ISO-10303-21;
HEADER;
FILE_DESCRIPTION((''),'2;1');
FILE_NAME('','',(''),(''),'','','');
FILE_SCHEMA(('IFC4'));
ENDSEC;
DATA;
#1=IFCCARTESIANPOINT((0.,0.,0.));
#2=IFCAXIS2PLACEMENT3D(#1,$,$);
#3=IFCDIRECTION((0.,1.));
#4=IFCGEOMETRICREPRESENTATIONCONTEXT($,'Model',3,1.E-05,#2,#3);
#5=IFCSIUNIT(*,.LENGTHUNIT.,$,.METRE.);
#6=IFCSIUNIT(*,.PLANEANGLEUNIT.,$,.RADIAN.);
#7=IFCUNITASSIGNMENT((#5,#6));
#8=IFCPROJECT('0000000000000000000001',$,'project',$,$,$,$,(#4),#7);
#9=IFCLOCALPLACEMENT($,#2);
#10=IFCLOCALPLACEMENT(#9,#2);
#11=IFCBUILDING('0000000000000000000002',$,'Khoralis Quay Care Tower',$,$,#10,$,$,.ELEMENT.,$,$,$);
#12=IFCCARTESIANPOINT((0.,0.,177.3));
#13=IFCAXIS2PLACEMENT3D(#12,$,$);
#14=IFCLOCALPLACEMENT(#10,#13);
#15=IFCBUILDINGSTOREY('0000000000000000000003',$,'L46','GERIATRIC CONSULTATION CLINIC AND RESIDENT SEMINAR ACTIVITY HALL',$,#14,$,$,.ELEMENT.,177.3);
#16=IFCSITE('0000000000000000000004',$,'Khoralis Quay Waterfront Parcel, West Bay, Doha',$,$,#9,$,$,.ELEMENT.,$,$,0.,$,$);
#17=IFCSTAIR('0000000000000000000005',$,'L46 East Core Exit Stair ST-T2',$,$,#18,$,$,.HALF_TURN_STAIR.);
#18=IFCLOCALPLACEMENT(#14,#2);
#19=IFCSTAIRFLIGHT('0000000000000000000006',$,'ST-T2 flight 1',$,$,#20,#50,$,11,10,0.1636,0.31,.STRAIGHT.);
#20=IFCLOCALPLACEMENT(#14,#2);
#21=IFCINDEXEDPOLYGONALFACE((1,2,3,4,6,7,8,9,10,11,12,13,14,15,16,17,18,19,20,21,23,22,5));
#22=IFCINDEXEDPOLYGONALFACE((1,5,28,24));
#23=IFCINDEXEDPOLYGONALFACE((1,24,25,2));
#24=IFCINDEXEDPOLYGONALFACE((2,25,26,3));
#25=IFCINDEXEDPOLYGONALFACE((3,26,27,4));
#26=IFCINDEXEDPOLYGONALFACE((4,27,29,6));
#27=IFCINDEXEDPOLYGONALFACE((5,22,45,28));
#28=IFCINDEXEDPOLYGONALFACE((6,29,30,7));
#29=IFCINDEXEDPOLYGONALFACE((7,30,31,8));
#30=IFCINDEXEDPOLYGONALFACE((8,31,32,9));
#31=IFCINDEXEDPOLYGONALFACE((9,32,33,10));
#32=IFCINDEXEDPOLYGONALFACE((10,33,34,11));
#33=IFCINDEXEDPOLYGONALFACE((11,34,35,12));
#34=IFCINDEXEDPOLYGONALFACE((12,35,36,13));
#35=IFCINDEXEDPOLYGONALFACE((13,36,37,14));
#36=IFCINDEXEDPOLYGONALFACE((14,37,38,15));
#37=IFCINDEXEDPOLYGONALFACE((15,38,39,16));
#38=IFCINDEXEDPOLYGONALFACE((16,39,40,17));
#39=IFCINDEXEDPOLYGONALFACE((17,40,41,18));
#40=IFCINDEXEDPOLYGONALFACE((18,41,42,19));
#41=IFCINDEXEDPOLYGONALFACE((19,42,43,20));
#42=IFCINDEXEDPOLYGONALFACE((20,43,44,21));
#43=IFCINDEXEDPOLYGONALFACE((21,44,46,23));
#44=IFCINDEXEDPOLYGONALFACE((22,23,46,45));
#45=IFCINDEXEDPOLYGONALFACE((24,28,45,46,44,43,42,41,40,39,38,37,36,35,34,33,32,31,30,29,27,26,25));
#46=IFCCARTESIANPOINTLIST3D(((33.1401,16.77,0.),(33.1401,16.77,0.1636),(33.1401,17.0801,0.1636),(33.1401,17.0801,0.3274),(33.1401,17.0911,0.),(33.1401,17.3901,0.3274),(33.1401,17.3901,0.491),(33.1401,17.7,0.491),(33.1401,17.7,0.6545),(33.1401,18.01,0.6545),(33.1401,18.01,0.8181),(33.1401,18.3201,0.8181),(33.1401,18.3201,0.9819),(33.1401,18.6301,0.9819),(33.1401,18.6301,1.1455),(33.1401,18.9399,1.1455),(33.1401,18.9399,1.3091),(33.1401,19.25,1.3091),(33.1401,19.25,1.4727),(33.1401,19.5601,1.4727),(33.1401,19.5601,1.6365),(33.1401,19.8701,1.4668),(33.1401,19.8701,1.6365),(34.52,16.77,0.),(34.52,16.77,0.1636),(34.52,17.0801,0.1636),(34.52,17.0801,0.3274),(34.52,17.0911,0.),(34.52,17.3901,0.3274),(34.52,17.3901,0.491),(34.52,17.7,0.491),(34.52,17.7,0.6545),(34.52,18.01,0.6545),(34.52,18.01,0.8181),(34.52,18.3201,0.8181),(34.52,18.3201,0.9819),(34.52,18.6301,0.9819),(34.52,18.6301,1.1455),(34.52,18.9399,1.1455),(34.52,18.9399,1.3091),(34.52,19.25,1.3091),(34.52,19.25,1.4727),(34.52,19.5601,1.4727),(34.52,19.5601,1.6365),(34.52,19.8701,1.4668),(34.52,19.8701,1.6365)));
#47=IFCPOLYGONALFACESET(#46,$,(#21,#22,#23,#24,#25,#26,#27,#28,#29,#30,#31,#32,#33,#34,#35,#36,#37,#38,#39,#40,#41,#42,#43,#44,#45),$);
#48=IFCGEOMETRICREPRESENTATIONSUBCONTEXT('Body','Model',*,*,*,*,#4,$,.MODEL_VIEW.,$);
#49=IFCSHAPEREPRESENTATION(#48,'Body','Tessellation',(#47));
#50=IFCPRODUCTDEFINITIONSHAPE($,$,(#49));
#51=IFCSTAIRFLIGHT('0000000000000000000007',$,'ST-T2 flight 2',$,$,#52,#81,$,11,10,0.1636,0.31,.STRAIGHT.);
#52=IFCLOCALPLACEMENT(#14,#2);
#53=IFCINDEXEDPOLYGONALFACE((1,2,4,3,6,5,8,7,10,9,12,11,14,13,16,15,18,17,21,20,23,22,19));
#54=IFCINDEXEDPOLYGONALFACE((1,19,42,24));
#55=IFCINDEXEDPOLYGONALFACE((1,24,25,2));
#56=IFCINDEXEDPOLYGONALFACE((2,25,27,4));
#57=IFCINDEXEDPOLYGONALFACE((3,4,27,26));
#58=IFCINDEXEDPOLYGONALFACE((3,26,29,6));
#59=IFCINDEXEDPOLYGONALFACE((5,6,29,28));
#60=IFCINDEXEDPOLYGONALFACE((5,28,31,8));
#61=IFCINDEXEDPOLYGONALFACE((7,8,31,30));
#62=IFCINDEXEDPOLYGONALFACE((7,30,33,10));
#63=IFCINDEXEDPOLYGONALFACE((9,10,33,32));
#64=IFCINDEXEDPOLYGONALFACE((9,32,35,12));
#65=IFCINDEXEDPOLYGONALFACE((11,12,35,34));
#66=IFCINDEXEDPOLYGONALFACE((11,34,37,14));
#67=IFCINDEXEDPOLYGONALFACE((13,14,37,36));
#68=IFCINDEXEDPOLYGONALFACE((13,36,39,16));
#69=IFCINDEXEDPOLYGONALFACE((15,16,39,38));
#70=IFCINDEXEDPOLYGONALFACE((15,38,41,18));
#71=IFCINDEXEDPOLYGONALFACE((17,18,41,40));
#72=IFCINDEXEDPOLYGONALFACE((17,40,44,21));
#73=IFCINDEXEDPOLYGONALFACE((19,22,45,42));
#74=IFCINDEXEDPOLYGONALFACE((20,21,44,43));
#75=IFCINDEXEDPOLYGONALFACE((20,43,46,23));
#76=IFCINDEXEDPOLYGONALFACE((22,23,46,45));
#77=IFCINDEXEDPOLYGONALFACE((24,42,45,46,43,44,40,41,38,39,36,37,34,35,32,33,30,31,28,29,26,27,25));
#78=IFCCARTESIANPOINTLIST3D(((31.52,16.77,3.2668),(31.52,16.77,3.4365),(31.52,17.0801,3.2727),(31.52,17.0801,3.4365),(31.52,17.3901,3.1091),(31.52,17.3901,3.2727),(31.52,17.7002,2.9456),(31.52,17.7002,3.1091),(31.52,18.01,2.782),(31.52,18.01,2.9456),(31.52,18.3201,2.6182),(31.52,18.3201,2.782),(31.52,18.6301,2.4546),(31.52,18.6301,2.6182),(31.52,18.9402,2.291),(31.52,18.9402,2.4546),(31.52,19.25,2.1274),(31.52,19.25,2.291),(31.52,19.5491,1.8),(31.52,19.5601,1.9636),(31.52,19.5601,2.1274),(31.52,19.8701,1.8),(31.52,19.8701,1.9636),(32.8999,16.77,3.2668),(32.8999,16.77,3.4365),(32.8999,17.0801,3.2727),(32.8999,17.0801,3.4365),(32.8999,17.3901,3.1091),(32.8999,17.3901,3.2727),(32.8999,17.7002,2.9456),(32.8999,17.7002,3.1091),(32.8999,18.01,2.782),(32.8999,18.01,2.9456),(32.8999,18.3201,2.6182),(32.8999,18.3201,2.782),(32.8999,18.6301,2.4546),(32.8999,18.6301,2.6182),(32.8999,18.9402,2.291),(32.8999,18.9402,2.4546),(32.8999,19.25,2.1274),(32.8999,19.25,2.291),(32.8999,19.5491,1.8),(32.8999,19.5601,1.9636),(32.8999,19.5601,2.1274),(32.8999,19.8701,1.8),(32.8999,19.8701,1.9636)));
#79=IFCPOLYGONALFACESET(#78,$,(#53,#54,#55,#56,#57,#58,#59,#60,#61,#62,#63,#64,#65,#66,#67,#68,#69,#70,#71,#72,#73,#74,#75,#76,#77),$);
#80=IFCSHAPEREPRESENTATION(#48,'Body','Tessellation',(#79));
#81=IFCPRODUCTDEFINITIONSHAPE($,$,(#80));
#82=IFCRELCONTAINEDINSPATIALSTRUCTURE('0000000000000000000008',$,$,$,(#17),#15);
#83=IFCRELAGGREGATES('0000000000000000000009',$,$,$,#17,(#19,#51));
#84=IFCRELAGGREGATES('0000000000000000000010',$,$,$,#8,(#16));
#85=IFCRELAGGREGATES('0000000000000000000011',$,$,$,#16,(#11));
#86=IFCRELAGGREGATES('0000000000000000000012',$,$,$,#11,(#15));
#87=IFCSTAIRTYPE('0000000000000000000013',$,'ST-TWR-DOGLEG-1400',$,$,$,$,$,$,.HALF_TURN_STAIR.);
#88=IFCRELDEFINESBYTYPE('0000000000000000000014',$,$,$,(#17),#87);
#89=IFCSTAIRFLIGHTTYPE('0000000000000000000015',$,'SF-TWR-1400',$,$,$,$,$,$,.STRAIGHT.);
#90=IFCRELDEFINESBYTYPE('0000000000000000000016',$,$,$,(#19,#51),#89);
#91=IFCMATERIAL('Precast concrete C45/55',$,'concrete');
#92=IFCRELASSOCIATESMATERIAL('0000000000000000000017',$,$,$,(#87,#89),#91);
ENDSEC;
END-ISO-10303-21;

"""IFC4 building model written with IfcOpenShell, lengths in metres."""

from ifc_helpers import new_model, si_unit, direction, frame, origin, place, context, subcontext, project, spatial, polyline, outline, extrude, source, transform, mapped, material, type_object, element, aggregate, save


model = new_model("IFC4")

# Units and contexts
model_context = context("Model", 3, precision=1e-05, world=origin(), true_north=direction((0.0, 1.0)))
body_context = subcontext(model_context, "Body", "Model", "MODEL_VIEW")
ifc_project = project(units=[si_unit("LENGTHUNIT", "METRE"), si_unit("PLANEANGLEUNIT", "RADIAN")], contexts=[model_context])

# Site, building, storey
site_placement = place(None, origin())
site = spatial("IfcSite", under=ifc_project, at=site_placement, Name="Khoralis Quay Waterfront Parcel, West Bay, Doha", CompositionType="ELEMENT", RefElevation=0.0)
building_placement = place(site_placement, origin())
building = spatial("IfcBuilding", under=site, at=building_placement, Name="Khoralis Quay Care Tower", CompositionType="ELEMENT")
storey_placement = place(building_placement, frame((0.0, 0.0, 177.3)))
storey = spatial("IfcBuildingStorey", under=building, at=storey_placement, Name="L46", Description="GERIATRIC CONSULTATION CLINIC AND RESIDENT SEMINAR ACTIVITY HALL", CompositionType="ELEMENT", Elevation=177.3)

# Stair, stair flights
ifc_material_1 = material(Name="Precast concrete C45/55", Category="concrete")
stair_type = type_object("IfcStairType", Name="ST-TWR-DOGLEG-1400", PredefinedType="HALF_TURN_STAIR", material=ifc_material_1)
stair_placement = place(storey_placement, origin())
stair = element("IfcStair", 1, at=stair_placement, inside=storey, type_object=stair_type, Name="L46 East Core Exit Stair ST-T2", PredefinedType="HALF_TURN_STAIR")
stair_flight_type = type_object("IfcStairFlightType", Name="SF-TWR-1400", PredefinedType="STRAIGHT", material=ifc_material_1)
shared_shape_1 = source(origin(), body_context, "Body", "SweptSolid", [
    extrude(outline(polyline([(0.0, 0.0), (0.0, 0.1636), (0.3101, 0.1636), (0.3101, 0.3274), (0.6201, 0.3274), (0.6201, 0.491), (0.9299, 0.491), (0.9299, 0.6545), (1.24, 0.6545), (1.24, 0.8181), (1.55, 0.8181), (1.55, 0.9819), (1.8601, 0.9819), (1.8601, 1.1455), (2.1699, 1.1455), (2.1699, 1.3091), (2.48, 1.3091), (2.48, 1.4727), (2.79, 1.4727), (2.79, 1.6365), (3.1001, 1.6365), (3.1001, 1.8), (3.1001, 1.4668), (0.321, 0.0), (0.0, 0.0)])), frame((0.0, 0.6899, 0.0), z_axis=(0.0, -1.0, 0.0), x_axis=(1.0, 0.0, 0.0)), (0.0, 0.0, 1.0), 1.3799),
])
stair_flight_1_placement = place(storey_placement, frame((33.8301, 16.77, 0.0), z_axis=(0.0, 0.0, 1.0), x_axis=(0.0, 1.0, 0.0)))
stair_flight_1 = element("IfcStairFlight", 2, at=stair_flight_1_placement, type_object=stair_flight_type, Name="ST-T2 flight 1", NumberOfRisers=11, NumberOfTreads=10, PredefinedType="STRAIGHT", RiserHeight=0.1636, TreadLength=0.31, context=body_context, shape_type="MappedRepresentation", body=[
    mapped(shared_shape_1, transform((0.0, 0.0, 0.0), scale=1.0)),
])
stair_flight_2_placement = place(storey_placement, frame((32.21, 19.8701, 1.8), z_axis=(0.0, 0.0, 1.0), x_axis=(0.0, -1.0, 0.0)))
stair_flight_2 = element("IfcStairFlight", 3, at=stair_flight_2_placement, type_object=stair_flight_type, Name="ST-T2 flight 2", NumberOfRisers=11, NumberOfTreads=10, PredefinedType="STRAIGHT", RiserHeight=0.1636, TreadLength=0.31, context=body_context, shape_type="MappedRepresentation", body=[
    mapped(shared_shape_1, transform((0.0, 0.0, 0.0), scale=1.0)),
])
aggregate(stair, [stair_flight_1, stair_flight_2])

save(model, "model.ifc")
